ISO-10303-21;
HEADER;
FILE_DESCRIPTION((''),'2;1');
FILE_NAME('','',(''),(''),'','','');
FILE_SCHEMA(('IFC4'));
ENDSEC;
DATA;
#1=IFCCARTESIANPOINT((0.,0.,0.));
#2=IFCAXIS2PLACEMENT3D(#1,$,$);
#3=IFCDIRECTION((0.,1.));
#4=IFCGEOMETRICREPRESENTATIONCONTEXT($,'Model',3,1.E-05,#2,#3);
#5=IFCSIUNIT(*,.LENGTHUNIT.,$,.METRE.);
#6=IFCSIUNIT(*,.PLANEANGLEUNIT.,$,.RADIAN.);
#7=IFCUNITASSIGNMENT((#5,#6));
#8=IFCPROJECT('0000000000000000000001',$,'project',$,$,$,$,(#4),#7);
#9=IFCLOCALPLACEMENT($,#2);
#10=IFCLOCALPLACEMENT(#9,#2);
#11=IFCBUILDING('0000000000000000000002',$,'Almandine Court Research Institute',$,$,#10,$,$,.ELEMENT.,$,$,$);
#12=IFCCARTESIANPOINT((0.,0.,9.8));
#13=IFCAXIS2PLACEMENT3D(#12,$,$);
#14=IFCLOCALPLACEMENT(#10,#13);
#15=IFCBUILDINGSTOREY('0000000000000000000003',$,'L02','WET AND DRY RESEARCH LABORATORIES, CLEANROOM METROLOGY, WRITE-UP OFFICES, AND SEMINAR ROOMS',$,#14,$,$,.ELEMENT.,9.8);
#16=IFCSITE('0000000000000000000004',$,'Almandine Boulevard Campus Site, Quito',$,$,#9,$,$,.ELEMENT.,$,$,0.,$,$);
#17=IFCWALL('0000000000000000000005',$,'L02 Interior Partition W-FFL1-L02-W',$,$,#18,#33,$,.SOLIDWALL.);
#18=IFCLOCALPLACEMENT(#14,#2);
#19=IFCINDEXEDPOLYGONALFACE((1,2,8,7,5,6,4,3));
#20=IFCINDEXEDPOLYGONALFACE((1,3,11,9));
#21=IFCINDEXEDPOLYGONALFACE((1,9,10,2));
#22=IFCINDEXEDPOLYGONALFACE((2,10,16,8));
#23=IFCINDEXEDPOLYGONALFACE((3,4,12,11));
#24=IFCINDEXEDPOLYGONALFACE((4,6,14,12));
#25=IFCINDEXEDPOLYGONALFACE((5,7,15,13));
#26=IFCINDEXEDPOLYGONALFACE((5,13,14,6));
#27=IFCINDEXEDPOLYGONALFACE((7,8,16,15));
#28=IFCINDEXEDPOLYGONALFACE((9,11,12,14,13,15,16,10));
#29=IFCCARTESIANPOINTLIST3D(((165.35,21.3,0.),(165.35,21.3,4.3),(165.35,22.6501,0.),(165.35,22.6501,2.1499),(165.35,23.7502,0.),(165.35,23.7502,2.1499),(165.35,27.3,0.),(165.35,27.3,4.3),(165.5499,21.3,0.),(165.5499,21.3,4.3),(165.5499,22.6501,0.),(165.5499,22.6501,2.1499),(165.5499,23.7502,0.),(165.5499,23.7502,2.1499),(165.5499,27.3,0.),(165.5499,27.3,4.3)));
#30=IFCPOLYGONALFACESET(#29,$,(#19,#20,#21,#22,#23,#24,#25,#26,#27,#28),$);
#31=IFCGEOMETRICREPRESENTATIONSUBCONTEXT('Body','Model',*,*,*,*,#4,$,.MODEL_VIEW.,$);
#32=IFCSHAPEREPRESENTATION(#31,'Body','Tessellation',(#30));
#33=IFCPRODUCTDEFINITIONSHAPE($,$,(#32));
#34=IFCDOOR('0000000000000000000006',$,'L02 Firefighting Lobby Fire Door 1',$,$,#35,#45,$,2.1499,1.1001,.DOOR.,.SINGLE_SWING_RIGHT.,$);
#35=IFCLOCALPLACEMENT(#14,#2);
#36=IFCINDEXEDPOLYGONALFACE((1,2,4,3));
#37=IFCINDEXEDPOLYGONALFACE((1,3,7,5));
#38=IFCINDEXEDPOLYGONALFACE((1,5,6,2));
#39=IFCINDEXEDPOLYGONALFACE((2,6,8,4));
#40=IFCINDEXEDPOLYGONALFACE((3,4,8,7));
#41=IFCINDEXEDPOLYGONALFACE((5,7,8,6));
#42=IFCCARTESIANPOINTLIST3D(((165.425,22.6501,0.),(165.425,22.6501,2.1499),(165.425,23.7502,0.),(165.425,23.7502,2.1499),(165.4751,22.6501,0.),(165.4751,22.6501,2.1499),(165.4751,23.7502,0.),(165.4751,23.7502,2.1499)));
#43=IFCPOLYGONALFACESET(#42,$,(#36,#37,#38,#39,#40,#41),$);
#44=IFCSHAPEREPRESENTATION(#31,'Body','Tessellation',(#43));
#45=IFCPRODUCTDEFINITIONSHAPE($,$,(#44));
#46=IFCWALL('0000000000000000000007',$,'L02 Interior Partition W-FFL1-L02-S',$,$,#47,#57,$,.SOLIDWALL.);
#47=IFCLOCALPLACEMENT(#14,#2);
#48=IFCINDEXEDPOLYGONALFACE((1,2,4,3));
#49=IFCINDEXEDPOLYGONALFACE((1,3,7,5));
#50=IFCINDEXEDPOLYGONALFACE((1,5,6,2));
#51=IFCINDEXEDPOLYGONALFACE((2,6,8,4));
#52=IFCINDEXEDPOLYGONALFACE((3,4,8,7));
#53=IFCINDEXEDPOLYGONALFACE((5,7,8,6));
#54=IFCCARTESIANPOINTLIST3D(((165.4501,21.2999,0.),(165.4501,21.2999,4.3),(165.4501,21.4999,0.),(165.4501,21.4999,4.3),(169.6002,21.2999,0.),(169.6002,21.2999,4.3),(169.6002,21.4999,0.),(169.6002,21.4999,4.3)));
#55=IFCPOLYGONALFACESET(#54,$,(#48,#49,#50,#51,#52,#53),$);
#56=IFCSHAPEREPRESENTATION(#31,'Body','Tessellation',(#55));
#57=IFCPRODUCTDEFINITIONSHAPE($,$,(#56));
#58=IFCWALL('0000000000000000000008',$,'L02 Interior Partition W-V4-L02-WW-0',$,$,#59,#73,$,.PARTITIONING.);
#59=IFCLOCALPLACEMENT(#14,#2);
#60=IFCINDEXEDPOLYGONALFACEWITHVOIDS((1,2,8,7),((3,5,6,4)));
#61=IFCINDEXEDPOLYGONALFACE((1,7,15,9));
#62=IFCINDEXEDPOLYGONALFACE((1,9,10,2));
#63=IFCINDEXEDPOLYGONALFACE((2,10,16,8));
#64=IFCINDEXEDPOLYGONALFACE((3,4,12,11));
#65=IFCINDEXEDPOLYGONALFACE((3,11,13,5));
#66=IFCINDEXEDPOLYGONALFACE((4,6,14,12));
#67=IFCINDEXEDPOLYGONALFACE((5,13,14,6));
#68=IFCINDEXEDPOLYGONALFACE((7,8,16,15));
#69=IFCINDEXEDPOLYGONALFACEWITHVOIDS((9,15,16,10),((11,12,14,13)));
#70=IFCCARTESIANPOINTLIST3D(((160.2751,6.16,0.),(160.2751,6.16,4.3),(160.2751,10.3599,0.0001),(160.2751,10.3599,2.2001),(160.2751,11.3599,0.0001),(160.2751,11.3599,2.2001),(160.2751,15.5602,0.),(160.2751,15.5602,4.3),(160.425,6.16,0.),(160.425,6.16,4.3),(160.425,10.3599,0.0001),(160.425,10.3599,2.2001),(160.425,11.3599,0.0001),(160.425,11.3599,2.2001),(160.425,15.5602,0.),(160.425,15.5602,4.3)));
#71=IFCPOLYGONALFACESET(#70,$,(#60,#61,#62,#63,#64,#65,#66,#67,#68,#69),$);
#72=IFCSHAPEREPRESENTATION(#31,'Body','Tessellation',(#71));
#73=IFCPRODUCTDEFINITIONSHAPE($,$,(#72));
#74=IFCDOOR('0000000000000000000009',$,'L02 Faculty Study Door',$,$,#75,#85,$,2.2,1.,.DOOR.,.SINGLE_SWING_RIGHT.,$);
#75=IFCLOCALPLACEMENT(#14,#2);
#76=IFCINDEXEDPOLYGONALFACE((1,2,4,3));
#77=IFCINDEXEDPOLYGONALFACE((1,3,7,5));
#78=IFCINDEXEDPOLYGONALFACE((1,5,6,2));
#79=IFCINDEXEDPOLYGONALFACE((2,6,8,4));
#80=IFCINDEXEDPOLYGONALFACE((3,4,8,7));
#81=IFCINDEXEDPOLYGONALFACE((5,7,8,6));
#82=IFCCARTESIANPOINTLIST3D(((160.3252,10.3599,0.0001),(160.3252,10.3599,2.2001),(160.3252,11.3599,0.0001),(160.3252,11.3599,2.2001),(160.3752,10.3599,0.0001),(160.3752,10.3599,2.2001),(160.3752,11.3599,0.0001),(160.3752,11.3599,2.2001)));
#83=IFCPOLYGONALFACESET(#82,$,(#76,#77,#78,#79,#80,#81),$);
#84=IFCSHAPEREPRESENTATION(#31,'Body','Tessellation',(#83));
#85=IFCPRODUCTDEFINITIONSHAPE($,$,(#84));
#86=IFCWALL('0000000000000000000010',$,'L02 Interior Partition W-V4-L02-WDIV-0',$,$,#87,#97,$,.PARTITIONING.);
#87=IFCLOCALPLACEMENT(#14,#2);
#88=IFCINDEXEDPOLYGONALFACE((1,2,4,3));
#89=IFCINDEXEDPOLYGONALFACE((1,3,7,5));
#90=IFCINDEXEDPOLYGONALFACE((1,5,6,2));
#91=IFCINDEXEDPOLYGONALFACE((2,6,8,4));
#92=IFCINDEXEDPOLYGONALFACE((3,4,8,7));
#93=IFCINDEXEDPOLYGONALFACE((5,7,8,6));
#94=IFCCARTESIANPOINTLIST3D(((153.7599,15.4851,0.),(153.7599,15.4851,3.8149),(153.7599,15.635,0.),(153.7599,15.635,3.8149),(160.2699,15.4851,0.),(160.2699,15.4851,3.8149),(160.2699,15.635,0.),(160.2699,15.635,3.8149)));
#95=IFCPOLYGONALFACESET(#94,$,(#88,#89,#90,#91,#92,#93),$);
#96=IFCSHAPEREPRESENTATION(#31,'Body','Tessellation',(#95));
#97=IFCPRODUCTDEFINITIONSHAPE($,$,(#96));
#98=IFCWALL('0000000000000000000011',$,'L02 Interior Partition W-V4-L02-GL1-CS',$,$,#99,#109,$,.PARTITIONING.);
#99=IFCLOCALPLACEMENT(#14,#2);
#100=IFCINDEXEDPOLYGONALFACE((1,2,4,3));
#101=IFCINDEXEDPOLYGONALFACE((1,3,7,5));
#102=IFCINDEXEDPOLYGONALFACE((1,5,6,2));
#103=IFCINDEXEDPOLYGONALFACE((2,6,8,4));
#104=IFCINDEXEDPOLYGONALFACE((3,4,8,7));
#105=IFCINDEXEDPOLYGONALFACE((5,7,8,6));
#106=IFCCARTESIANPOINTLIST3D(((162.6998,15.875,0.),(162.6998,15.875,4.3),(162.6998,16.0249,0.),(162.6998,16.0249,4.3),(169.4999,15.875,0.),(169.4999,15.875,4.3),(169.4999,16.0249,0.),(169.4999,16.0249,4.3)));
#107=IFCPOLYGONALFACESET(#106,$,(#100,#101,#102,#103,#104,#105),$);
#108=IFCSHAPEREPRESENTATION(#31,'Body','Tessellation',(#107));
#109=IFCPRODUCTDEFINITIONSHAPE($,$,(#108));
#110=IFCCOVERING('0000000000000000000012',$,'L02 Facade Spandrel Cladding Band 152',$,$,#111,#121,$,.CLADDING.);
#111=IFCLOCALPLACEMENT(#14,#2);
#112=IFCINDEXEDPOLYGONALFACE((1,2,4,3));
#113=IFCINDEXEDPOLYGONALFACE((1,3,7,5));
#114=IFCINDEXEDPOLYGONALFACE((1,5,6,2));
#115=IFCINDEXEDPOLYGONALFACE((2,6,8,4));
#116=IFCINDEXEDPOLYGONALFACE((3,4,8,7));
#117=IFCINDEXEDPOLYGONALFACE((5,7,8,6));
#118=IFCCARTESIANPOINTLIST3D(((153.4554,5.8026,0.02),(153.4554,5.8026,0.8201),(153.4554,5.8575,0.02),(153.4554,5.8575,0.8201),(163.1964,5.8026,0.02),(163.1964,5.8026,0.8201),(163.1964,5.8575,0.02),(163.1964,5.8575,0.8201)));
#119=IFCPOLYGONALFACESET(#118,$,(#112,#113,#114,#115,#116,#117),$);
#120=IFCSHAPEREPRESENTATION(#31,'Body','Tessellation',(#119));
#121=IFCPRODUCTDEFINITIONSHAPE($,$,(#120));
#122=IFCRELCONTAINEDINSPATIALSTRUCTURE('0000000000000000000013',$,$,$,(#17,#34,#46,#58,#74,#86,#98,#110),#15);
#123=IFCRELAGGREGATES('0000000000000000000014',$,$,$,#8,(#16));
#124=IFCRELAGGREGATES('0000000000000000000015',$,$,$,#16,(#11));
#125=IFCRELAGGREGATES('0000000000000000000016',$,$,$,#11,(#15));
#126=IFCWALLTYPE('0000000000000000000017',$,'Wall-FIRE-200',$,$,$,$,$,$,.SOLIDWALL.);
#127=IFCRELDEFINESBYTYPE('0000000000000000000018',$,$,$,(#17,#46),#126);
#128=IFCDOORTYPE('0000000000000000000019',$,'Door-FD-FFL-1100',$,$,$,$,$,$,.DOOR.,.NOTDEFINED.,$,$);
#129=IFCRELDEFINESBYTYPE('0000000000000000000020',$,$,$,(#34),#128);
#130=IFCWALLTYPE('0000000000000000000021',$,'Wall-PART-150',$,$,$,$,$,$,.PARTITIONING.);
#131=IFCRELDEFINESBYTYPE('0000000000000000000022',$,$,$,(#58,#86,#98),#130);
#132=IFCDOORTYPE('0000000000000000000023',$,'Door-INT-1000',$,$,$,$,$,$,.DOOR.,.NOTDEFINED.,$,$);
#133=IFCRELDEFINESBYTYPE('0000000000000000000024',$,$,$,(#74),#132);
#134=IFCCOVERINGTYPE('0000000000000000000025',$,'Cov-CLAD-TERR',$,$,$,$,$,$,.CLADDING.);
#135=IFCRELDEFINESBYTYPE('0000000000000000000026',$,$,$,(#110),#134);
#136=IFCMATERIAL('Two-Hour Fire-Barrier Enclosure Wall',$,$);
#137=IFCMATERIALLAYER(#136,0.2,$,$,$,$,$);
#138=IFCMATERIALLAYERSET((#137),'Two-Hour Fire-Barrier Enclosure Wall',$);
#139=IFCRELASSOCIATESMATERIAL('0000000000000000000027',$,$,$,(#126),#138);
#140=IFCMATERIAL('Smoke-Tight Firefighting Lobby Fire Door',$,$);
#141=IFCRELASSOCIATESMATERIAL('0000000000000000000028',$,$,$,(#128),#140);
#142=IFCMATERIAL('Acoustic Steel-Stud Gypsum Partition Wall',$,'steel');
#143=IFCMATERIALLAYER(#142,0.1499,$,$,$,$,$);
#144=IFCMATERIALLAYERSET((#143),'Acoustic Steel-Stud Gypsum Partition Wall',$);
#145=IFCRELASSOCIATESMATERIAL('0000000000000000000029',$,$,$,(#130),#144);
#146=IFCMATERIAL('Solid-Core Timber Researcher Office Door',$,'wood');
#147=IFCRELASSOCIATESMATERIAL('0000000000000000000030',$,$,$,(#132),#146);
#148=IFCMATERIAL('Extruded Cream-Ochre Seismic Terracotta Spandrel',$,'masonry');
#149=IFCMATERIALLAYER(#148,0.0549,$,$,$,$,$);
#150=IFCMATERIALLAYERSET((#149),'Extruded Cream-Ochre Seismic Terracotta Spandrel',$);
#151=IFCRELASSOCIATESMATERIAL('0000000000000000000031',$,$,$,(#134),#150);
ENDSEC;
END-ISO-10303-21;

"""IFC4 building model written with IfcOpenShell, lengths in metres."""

from ifc_helpers import new_model, si_unit, direction, frame, frame_2d, origin, origin_2d, place, context, subcontext, project, spatial, rectangle, extrude, material, layer, layer_set, type_object, element, fill, save


model = new_model("IFC4")

# Units and contexts
model_context = context("Model", 3, precision=1e-05, world=origin(), true_north=direction((0.0, 1.0)))
body_context = subcontext(model_context, "Body", "Model", "MODEL_VIEW")
ifc_project = project(units=[si_unit("LENGTHUNIT", "METRE"), si_unit("PLANEANGLEUNIT", "RADIAN")], contexts=[model_context])

# Site, building, storey
site_placement = place(None, origin())
site = spatial("IfcSite", under=ifc_project, at=site_placement, Name="Almandine Boulevard Campus Site, Quito", CompositionType="ELEMENT", RefElevation=0.0)
building_placement = place(site_placement, origin())
building = spatial("IfcBuilding", under=site, at=building_placement, Name="Almandine Court Research Institute", CompositionType="ELEMENT")
storey_placement = place(building_placement, frame((0.0, 0.0, 9.8)))
storey = spatial("IfcBuildingStorey", under=building, at=storey_placement, Name="L02", Description="WET AND DRY RESEARCH LABORATORIES, CLEANROOM METROLOGY, WRITE-UP OFFICES, AND SEMINAR ROOMS", CompositionType="ELEMENT", Elevation=9.8)

# Shared definitions
ifc_material_1 = material(Name="Two-Hour Fire-Barrier Enclosure Wall")
ifc_layer_1 = layer(ifc_material_1, 0.2)
ifc_layer_set_1 = layer_set([ifc_layer_1], Name="Two-Hour Fire-Barrier Enclosure Wall")
wall_type_1 = type_object("IfcWallType", Name="Wall-FIRE-200", PredefinedType="SOLIDWALL", material=ifc_layer_set_1)

# Wall, opening, door
wall_1_placement = place(storey_placement, frame((165.45, 21.3, 0.0), z_axis=(0.0, 0.0, 1.0), x_axis=(0.0, 1.0, 0.0)))
wall_1 = element("IfcWall", 1, at=wall_1_placement, inside=storey, type_object=wall_type_1, Name="L02 Interior Partition W-FFL1-L02-W", PredefinedType="SOLIDWALL", context=body_context, shape_type="SweptSolid", body=[
    extrude(rectangle(XDim=6.0, YDim=0.2, at=frame_2d((3.0, 0.0))), origin(), (0.0, 0.0, 1.0), 4.3),
])
opening_1_placement = place(wall_1_placement, frame((1.3501, 0.0, 0.0)))
opening_1 = element("IfcOpeningElement", 2, at=opening_1_placement, cuts=wall_1, PredefinedType="OPENING", context=body_context, shape_type="SweptSolid", body=[
    extrude(rectangle(XDim=1.1001, YDim=2.1499, at=frame_2d((0.55, 1.075))), frame((0.0, 0.1099, 0.0), z_axis=(0.0, -1.0, 0.0), x_axis=(1.0, 0.0, 0.0)), (0.0, 0.0, 1.0), 0.22),
])
ifc_material_2 = material(Name="Smoke-Tight Firefighting Lobby Fire Door")
door_type_1 = type_object("IfcDoorType", Name="Door-FD-FFL-1100", OperationType="NOTDEFINED", PredefinedType="DOOR", material=ifc_material_2)
door_1_placement = place(opening_1_placement, origin())
door_1 = element("IfcDoor", 3, at=door_1_placement, inside=storey, type_object=door_type_1, Name="L02 Firefighting Lobby Fire Door 1", OperationType="SINGLE_SWING_RIGHT", OverallHeight=2.1499, OverallWidth=1.1001, PredefinedType="DOOR", context=body_context, shape_type="SweptSolid", body=[
    extrude(rectangle(XDim=1.1001, YDim=2.1499, at=frame_2d((0.55, 1.075))), frame((0.0, 0.0249, 0.0), z_axis=(0.0, -1.0, 0.0), x_axis=(1.0, 0.0, 0.0)), (0.0, 0.0, 1.0), 0.05),
])
fill(opening_1, door_1)

# Wall
wall_2_placement = place(storey_placement, frame((165.45, 21.3999, 0.0), z_axis=(0.0, 0.0, 1.0), x_axis=(1.0, 0.0, 0.0)))
element("IfcWall", 4, at=wall_2_placement, inside=storey, type_object=wall_type_1, Name="L02 Interior Partition W-FFL1-L02-S", PredefinedType="SOLIDWALL", context=body_context, shape_type="SweptSolid", body=[
    extrude(rectangle(XDim=4.1501, YDim=0.2, at=frame_2d((2.0752, 0.0))), origin(), (0.0, 0.0, 1.0), 4.3),
])

# Wall, opening, door
ifc_material_3 = material(Name="Acoustic Steel-Stud Gypsum Partition Wall", Category="steel")
ifc_layer_2 = layer(ifc_material_3, 0.1499)
ifc_layer_set_2 = layer_set([ifc_layer_2], Name="Acoustic Steel-Stud Gypsum Partition Wall")
wall_type_2 = type_object("IfcWallType", Name="Wall-PART-150", PredefinedType="PARTITIONING", material=ifc_layer_set_2)
wall_3_placement = place(storey_placement, frame((160.3501, 6.1599, 0.0), z_axis=(0.0, 0.0, 1.0), x_axis=(0.0, 1.0, 0.0)))
wall_3 = element("IfcWall", 5, at=wall_3_placement, inside=storey, type_object=wall_type_2, Name="L02 Interior Partition W-V4-L02-WW-0", PredefinedType="PARTITIONING", context=body_context, shape_type="SweptSolid", body=[
    extrude(rectangle(XDim=9.4001, YDim=0.1499, at=frame_2d((4.7002, 0.0))), origin(), (0.0, 0.0, 1.0), 4.3),
])
opening_2_placement = place(wall_3_placement, frame((4.2, 0.0, 0.0)))
opening_2 = element("IfcOpeningElement", 6, at=opening_2_placement, cuts=wall_3, PredefinedType="OPENING", context=body_context, shape_type="SweptSolid", body=[
    extrude(rectangle(XDim=1.0, YDim=2.2, at=frame_2d((0.5, 1.1001))), frame((0.0, 0.085, 0.0), z_axis=(0.0, -1.0, 0.0), x_axis=(1.0, 0.0, 0.0)), (0.0, 0.0, 1.0), 0.1699),
])
ifc_material_4 = material(Name="Solid-Core Timber Researcher Office Door", Category="wood")
door_type_2 = type_object("IfcDoorType", Name="Door-INT-1000", OperationType="NOTDEFINED", PredefinedType="DOOR", material=ifc_material_4)
door_2_placement = place(opening_2_placement, origin())
door_2 = element("IfcDoor", 7, at=door_2_placement, inside=storey, type_object=door_type_2, Name="L02 Faculty Study Door", OperationType="SINGLE_SWING_RIGHT", OverallHeight=2.2, OverallWidth=1.0, PredefinedType="DOOR", context=body_context, shape_type="SweptSolid", body=[
    extrude(rectangle(XDim=1.0, YDim=2.2, at=frame_2d((0.5, 1.1001))), frame((0.0, 0.0249, 0.0), z_axis=(0.0, -1.0, 0.0), x_axis=(1.0, 0.0, 0.0)), (0.0, 0.0, 1.0), 0.05),
])
fill(opening_2, door_2)

# Walls
wall_4_placement = place(storey_placement, frame((153.76, 15.5601, 0.0), z_axis=(0.0, 0.0, 1.0), x_axis=(1.0, 0.0, 0.0)))
element("IfcWall", 8, at=wall_4_placement, inside=storey, type_object=wall_type_2, Name="L02 Interior Partition W-V4-L02-WDIV-0", PredefinedType="PARTITIONING", context=body_context, shape_type="SweptSolid", body=[
    extrude(rectangle(XDim=6.51, YDim=0.1499, at=frame_2d((3.2549, 0.0))), origin(), (0.0, 0.0, 1.0), 3.8149),
])
wall_5_placement = place(storey_placement, frame((162.7, 15.95, 0.0), z_axis=(0.0, 0.0, 1.0), x_axis=(1.0, 0.0, 0.0)))
element("IfcWall", 9, at=wall_5_placement, inside=storey, type_object=wall_type_2, Name="L02 Interior Partition W-V4-L02-GL1-CS", PredefinedType="PARTITIONING", context=body_context, shape_type="SweptSolid", body=[
    extrude(rectangle(XDim=6.8, YDim=0.1499, at=frame_2d((3.3999, 0.0))), origin(), (0.0, 0.0, 1.0), 4.3),
])

# Covering
ifc_material_5 = material(Name="Extruded Cream-Ochre Seismic Terracotta Spandrel", Category="masonry")
ifc_layer_3 = layer(ifc_material_5, 0.0549)
ifc_layer_set_3 = layer_set([ifc_layer_3], Name="Extruded Cream-Ochre Seismic Terracotta Spandrel")
covering_type = type_object("IfcCoveringType", Name="Cov-CLAD-TERR", PredefinedType="CLADDING", material=ifc_layer_set_3)
covering_placement = place(storey_placement, frame((158.3259, 5.8301, 0.02), z_axis=(0.0, 0.0, 1.0), x_axis=(-1.0, 0.0, 0.0)))
element("IfcCovering", 10, at=covering_placement, inside=storey, type_object=covering_type, Name="L02 Facade Spandrel Cladding Band 152", PredefinedType="CLADDING", context=body_context, shape_type="SweptSolid", body=[
    extrude(rectangle(XDim=9.741, YDim=0.0549, at=origin_2d()), origin(), (0.0, 0.0, 1.0), 0.8),
])

save(model, "model.ifc")
